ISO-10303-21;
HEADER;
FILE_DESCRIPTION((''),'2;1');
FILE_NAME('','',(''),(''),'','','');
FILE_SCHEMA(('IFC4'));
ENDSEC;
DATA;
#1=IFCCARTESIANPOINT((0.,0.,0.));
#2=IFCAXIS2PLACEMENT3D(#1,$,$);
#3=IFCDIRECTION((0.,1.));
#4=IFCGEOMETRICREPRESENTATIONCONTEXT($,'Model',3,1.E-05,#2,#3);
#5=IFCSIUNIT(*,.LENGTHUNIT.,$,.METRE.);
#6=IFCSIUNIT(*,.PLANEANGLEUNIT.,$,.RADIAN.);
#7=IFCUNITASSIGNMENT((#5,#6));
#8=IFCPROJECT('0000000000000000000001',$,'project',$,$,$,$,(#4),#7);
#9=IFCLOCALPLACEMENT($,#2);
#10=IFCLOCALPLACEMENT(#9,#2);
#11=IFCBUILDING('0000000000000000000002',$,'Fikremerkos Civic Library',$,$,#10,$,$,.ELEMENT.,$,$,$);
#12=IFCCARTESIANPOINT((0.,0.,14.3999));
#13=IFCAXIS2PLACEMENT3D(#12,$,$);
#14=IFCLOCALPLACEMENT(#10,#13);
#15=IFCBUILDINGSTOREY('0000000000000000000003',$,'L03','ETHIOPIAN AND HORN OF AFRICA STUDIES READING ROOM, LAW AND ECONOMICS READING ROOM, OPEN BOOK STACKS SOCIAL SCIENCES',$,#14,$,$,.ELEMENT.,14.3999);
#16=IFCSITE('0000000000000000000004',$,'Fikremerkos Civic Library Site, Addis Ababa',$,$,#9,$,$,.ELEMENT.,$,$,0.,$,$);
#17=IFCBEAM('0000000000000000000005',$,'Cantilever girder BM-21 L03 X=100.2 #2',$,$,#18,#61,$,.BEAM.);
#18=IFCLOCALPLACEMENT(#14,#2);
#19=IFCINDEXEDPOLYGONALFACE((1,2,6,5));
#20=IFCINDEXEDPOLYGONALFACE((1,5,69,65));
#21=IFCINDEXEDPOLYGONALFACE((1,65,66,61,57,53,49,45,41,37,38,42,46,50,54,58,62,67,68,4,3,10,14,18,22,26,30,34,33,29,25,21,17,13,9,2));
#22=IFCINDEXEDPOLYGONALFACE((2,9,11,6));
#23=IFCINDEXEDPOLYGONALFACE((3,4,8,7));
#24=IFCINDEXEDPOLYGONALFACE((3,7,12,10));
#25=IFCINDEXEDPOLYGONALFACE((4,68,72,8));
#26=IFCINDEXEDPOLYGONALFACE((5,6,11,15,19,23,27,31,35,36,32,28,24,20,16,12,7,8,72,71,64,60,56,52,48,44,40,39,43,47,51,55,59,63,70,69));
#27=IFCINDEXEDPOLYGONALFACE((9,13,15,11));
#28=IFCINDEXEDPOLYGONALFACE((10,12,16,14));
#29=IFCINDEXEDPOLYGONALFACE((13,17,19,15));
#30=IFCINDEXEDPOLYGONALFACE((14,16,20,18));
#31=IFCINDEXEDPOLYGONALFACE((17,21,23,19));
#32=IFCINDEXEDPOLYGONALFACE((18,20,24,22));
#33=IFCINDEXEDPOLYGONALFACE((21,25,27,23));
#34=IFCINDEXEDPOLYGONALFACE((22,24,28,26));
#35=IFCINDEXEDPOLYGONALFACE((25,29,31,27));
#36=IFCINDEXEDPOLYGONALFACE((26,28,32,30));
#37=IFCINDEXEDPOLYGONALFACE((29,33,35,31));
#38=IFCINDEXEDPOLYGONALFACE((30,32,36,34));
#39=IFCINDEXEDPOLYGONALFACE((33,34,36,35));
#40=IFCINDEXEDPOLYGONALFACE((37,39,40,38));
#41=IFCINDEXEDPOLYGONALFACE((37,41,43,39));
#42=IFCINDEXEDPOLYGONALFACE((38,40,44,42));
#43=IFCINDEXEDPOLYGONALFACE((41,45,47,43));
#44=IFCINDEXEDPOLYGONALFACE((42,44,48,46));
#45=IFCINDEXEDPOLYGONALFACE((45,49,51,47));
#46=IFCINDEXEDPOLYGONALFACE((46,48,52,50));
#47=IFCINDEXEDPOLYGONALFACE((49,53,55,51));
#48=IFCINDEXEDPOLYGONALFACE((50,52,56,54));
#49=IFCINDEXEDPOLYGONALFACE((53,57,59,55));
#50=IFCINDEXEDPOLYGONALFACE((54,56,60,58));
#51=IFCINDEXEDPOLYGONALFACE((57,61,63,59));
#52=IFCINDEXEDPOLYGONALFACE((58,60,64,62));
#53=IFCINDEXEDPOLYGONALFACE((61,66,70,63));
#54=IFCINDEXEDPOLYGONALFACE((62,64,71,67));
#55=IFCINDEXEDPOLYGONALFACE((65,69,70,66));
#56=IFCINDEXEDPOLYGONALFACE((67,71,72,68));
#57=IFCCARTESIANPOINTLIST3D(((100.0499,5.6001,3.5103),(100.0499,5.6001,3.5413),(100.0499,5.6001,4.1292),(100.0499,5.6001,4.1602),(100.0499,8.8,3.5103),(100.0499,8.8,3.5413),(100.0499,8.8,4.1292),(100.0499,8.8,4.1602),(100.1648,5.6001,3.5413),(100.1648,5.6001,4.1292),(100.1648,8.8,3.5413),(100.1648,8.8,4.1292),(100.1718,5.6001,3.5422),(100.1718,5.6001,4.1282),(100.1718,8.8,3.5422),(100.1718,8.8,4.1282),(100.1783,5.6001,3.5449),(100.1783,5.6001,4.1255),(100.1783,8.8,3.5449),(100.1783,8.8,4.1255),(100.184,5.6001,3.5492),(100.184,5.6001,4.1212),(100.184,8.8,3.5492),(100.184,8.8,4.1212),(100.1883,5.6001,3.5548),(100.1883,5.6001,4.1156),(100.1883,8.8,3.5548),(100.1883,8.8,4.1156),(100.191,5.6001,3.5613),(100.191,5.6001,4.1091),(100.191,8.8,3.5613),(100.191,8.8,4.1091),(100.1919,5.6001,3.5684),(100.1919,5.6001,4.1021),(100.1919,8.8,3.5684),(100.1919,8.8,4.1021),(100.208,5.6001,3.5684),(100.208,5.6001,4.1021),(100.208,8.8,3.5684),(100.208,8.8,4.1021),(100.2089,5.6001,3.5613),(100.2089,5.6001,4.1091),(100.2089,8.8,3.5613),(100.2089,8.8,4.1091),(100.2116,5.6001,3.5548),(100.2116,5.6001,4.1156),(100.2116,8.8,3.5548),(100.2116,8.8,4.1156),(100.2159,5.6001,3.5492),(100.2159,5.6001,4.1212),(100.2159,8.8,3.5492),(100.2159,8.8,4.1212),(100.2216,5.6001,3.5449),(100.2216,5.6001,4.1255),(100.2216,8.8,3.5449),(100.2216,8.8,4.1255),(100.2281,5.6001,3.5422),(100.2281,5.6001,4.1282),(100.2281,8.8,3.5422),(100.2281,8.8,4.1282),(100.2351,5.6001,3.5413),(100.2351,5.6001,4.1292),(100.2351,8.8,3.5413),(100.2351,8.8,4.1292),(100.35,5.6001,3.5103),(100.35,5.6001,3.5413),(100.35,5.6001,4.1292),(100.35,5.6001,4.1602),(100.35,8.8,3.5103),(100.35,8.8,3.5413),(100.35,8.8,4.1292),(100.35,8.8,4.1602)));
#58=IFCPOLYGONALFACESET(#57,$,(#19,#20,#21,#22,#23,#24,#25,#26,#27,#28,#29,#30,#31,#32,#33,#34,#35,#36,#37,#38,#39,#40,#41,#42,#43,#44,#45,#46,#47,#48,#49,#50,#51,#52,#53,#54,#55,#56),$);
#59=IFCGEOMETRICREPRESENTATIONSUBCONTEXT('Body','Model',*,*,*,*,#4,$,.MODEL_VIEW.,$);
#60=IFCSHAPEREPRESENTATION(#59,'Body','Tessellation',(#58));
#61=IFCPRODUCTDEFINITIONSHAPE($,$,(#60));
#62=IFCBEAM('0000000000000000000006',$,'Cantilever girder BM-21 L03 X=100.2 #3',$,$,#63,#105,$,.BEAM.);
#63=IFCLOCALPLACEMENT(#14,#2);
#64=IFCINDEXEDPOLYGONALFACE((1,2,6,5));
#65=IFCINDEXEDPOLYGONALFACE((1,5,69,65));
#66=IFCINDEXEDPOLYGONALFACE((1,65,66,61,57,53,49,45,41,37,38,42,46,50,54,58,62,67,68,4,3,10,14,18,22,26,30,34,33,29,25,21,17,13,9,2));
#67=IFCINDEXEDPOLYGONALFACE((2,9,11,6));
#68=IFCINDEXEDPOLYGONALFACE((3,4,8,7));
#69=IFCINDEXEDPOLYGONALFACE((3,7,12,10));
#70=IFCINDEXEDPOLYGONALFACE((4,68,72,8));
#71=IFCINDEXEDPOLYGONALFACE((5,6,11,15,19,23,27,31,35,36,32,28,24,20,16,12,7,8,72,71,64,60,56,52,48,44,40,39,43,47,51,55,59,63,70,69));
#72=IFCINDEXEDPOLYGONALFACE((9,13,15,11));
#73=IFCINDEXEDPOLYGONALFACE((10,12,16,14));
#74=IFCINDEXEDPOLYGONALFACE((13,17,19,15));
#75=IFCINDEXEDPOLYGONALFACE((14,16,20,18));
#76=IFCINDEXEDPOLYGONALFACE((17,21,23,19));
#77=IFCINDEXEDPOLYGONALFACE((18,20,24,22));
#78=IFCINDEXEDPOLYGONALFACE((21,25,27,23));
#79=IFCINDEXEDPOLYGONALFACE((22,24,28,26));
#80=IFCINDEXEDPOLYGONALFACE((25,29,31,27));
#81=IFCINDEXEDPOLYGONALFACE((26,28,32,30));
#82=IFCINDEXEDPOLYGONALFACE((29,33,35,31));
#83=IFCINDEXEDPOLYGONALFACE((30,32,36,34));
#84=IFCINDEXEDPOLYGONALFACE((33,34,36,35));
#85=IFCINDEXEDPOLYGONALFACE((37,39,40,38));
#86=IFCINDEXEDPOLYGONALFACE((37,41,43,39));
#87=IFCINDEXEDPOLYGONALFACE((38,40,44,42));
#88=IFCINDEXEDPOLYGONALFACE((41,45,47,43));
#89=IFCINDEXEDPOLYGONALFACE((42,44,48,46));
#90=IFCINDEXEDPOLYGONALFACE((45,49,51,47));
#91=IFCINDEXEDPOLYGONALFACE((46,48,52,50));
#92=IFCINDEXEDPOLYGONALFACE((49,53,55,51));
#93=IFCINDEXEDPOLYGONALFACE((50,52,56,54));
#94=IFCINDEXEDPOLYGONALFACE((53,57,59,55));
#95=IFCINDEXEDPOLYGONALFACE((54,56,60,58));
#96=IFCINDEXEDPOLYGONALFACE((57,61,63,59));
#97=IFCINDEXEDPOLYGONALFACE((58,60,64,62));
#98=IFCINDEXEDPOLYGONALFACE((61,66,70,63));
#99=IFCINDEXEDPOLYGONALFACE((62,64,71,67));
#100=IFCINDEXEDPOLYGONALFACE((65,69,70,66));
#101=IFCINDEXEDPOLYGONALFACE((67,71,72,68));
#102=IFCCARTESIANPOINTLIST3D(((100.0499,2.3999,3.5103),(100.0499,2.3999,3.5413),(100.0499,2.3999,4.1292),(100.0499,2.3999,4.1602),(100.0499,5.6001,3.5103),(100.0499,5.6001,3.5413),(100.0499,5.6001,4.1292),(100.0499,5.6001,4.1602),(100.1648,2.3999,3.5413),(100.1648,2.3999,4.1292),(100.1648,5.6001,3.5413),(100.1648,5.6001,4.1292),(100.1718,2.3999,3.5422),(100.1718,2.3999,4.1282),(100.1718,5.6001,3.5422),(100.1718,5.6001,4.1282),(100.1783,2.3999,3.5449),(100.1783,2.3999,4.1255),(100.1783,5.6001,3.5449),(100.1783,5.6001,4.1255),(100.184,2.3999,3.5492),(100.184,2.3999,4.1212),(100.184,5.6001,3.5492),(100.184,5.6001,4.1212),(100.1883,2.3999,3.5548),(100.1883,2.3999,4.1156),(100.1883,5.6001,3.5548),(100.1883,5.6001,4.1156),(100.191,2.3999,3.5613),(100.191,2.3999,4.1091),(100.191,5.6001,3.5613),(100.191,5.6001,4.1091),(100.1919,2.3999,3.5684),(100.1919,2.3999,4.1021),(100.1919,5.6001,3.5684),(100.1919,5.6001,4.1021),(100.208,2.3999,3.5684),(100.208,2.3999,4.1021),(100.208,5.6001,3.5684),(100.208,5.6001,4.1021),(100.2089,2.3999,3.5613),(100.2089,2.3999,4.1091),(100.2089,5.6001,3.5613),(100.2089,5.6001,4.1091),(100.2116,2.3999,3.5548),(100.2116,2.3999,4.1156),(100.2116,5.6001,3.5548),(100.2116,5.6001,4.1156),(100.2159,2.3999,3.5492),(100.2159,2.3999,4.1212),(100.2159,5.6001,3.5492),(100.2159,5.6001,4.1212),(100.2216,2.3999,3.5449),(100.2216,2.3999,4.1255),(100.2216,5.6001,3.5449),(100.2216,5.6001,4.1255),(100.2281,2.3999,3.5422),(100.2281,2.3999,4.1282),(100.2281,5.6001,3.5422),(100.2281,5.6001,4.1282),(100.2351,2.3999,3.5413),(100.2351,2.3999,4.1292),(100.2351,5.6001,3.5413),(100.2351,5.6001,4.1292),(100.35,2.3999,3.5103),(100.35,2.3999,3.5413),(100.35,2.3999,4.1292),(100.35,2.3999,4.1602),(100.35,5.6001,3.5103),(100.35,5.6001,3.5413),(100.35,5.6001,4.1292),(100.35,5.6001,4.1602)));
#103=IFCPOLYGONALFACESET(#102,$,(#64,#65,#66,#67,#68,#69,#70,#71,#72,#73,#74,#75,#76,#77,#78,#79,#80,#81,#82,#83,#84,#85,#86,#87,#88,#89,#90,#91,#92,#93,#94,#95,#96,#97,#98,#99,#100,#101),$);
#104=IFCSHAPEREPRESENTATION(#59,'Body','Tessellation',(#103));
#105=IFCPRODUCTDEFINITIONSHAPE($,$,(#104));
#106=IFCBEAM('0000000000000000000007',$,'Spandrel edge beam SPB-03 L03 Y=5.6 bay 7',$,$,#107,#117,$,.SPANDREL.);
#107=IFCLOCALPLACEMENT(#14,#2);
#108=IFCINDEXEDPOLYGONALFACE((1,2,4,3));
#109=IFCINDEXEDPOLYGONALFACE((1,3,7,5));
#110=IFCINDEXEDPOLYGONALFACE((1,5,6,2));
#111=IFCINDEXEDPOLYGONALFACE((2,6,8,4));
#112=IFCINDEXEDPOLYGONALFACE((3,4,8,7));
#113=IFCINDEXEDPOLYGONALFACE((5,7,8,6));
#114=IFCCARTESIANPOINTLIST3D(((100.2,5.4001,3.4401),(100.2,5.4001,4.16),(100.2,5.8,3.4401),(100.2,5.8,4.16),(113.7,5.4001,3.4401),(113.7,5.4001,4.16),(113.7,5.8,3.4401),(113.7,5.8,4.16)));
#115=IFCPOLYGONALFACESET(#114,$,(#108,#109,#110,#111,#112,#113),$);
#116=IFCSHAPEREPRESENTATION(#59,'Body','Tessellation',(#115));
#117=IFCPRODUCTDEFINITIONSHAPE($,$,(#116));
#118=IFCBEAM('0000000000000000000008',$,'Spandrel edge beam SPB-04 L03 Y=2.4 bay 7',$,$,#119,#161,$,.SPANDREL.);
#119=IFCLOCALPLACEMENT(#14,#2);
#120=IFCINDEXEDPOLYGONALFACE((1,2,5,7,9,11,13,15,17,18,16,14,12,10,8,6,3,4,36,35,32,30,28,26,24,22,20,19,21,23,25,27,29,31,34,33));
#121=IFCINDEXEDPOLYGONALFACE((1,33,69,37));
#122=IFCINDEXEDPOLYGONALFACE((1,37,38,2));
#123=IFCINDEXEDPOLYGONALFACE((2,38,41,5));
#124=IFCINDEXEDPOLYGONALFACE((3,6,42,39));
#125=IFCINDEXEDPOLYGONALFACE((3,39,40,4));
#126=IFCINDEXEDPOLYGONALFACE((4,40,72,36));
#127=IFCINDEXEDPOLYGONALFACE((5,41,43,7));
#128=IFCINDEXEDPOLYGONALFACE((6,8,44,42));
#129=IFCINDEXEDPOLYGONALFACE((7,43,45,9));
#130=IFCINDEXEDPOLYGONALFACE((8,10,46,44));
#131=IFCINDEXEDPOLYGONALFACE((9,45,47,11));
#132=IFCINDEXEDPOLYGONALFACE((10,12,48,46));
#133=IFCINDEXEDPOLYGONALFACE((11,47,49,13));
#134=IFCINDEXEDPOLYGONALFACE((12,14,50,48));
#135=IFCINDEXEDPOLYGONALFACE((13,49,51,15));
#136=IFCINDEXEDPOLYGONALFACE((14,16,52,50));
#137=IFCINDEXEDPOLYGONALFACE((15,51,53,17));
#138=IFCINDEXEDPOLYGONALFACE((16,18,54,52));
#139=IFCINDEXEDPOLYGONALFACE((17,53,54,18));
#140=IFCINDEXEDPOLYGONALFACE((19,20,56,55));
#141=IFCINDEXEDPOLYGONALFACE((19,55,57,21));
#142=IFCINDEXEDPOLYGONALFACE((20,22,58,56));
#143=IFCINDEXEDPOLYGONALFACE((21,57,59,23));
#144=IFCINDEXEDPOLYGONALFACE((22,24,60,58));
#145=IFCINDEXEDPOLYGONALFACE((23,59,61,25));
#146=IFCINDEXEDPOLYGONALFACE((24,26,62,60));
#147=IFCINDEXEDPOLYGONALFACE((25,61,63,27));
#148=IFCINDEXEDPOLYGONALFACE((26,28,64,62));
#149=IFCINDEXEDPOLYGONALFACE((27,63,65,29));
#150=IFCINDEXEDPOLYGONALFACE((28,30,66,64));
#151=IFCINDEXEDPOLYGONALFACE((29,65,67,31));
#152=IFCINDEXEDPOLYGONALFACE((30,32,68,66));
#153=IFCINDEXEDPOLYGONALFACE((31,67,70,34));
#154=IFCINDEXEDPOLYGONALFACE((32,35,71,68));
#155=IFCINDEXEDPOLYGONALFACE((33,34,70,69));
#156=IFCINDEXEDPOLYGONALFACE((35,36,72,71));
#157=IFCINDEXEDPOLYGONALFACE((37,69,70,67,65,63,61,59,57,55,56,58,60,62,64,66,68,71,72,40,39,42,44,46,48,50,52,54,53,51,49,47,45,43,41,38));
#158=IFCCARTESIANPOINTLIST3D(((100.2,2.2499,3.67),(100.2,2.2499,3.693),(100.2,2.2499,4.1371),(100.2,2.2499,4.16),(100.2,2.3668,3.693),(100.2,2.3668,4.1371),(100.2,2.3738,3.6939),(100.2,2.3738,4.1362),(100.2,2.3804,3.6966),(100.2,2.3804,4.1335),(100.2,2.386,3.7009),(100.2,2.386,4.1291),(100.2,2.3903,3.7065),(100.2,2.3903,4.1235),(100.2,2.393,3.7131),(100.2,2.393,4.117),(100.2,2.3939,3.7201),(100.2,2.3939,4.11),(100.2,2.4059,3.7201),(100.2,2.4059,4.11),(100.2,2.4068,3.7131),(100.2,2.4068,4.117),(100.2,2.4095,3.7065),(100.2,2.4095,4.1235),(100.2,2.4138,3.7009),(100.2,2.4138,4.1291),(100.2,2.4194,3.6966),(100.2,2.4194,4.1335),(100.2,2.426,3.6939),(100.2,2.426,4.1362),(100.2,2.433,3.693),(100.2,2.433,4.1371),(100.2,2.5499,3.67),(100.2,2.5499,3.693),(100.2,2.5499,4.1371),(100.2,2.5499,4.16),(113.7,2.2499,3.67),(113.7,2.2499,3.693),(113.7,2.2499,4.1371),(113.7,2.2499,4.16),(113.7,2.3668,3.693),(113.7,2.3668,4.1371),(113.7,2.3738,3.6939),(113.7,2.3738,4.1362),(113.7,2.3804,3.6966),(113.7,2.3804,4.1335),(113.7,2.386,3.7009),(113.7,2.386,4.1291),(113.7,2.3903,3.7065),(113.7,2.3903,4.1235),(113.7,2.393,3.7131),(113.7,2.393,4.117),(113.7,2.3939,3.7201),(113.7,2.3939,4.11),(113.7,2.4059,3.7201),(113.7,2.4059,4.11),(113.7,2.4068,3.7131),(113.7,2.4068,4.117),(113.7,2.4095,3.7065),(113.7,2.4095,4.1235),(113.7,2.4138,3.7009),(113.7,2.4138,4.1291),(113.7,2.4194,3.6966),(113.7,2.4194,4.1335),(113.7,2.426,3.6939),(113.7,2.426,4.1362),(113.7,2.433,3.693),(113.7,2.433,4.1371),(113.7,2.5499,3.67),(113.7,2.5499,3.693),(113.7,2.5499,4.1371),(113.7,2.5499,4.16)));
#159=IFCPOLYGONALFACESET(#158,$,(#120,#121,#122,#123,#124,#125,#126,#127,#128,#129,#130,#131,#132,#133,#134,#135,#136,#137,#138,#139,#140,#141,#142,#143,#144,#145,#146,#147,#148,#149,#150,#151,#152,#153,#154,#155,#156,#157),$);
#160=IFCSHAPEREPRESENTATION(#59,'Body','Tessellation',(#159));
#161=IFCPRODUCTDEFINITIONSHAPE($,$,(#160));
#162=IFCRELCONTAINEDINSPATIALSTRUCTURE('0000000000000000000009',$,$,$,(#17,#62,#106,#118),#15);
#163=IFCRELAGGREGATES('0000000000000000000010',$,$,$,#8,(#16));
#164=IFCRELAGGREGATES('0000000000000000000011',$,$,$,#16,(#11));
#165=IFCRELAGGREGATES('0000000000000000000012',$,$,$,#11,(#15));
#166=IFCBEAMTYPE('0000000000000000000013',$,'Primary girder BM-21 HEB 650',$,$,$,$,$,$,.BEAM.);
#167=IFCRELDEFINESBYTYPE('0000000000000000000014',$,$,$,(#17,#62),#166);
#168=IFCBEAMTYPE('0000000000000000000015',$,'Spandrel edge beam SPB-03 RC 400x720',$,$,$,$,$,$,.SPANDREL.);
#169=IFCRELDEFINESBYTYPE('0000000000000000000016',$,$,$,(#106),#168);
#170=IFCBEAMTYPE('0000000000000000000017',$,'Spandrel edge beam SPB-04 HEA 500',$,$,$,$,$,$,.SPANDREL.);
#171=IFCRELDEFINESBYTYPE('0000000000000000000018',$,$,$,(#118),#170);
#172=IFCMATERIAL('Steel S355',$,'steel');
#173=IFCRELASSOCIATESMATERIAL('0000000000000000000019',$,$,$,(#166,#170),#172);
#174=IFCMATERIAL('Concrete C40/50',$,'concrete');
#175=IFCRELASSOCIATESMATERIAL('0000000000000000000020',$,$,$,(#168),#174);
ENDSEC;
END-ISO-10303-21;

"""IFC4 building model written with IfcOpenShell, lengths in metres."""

from ifc_helpers import new_model, si_unit, direction, frame, origin, origin_2d, place, context, subcontext, project, spatial, rectangle, i_section, extrude, material, material_profile, profile_set, type_object, element, save


model = new_model("IFC4")

# Units and contexts
model_context = context("Model", 3, precision=1e-05, world=origin(), true_north=direction((0.0, 1.0)))
body_context = subcontext(model_context, "Body", "Model", "MODEL_VIEW")
ifc_project = project(units=[si_unit("LENGTHUNIT", "METRE"), si_unit("PLANEANGLEUNIT", "RADIAN")], contexts=[model_context])

# Site, building, storey
site_placement = place(None, origin())
site = spatial("IfcSite", under=ifc_project, at=site_placement, Name="Fikremerkos Civic Library Site, Addis Ababa", CompositionType="ELEMENT", RefElevation=0.0)
building_placement = place(site_placement, origin())
building = spatial("IfcBuilding", under=site, at=building_placement, Name="Fikremerkos Civic Library", CompositionType="ELEMENT")
storey_placement = place(building_placement, frame((0.0, 0.0, 14.3999)))
storey = spatial("IfcBuildingStorey", under=building, at=storey_placement, Name="L03", Description="ETHIOPIAN AND HORN OF AFRICA STUDIES READING ROOM, LAW AND ECONOMICS READING ROOM, OPEN BOOK STACKS SOCIAL SCIENCES", CompositionType="ELEMENT", Elevation=14.3999)

# Shared definitions
ifc_material_1 = material(Name="Steel S355", Category="steel")

# Beams
ifc_material_profile_1 = material_profile(ifc_material_1, i_section(OverallWidth=0.3, OverallDepth=0.6499, WebThickness=0.0161, FlangeThickness=0.031, FilletRadius=0.0271, at=origin_2d()), Name="HEB 650")
ifc_profile_set_1 = profile_set([ifc_material_profile_1], Name="Steel S355")
beam_type_1 = type_object("IfcBeamType", Name="Primary girder BM-21 HEB 650", PredefinedType="BEAM", material=ifc_profile_set_1)
for number, where, z_axis, x_axis, name in (
    (1, (100.2, 8.8, 3.8352), (0.0, -1.0, 0.0), (1.0, 0.0, 0.0), "Cantilever girder BM-21 L03 X=100.2 #2"),
):
    element("IfcBeam", number, at=place(storey_placement, frame(where, z_axis=z_axis, x_axis=x_axis)), inside=storey, type_object=beam_type_1, Name=name, PredefinedType="BEAM", context=body_context, shape_type="SweptSolid", body=[
        extrude(i_section(OverallWidth=0.3, OverallDepth=0.6499, WebThickness=0.0161, FlangeThickness=0.031, FilletRadius=0.0271, at=origin_2d()), origin(), (0.0, 0.0, 1.0), 3.2),
    ])
beam_1_placement = place(storey_placement, frame((100.2, 5.6001, 3.8352), z_axis=(0.0, -1.0, 0.0), x_axis=(1.0, 0.0, 0.0)))
element("IfcBeam", 2, at=beam_1_placement, inside=storey, type_object=beam_type_1, Name="Cantilever girder BM-21 L03 X=100.2 #3", PredefinedType="BEAM", context=body_context, shape_type="SweptSolid", body=[
    extrude(i_section(OverallWidth=0.3, OverallDepth=0.6499, WebThickness=0.0161, FlangeThickness=0.031, FilletRadius=0.0271, at=origin_2d()), origin(), (0.0, 0.0, 1.0), 3.2002),
])
ifc_material_2 = material(Name="Concrete C40/50", Category="concrete")
ifc_material_profile_2 = material_profile(ifc_material_2, rectangle(XDim=0.3999, YDim=0.72, at=origin_2d()), Name="RC 400x720")
ifc_profile_set_2 = profile_set([ifc_material_profile_2], Name="Concrete C40/50")
beam_type_2 = type_object("IfcBeamType", Name="Spandrel edge beam SPB-03 RC 400x720", PredefinedType="SPANDREL", material=ifc_profile_set_2)
beam_2_placement = place(storey_placement, frame((100.2, 5.6001, 3.8), z_axis=(1.0, 0.0, 0.0), x_axis=(0.0, 1.0, 0.0)))
element("IfcBeam", 3, at=beam_2_placement, inside=storey, type_object=beam_type_2, Name="Spandrel edge beam SPB-03 L03 Y=5.6 bay 7", PredefinedType="SPANDREL", context=body_context, shape_type="SweptSolid", body=[
    extrude(rectangle(XDim=0.3999, YDim=0.72, at=origin_2d()), origin(), (0.0, 0.0, 1.0), 13.5),
])
ifc_material_profile_3 = material_profile(ifc_material_1, i_section(OverallWidth=0.3, OverallDepth=0.49, WebThickness=0.012, FlangeThickness=0.0229, FilletRadius=0.0271, at=origin_2d()), Name="HEA 500")
ifc_profile_set_3 = profile_set([ifc_material_profile_3], Name="Steel S355")
beam_type_3 = type_object("IfcBeamType", Name="Spandrel edge beam SPB-04 HEA 500", PredefinedType="SPANDREL", material=ifc_profile_set_3)
beam_3_placement = place(storey_placement, frame((100.2, 2.3999, 3.915), z_axis=(1.0, 0.0, 0.0), x_axis=(0.0, 1.0, 0.0)))
element("IfcBeam", 4, at=beam_3_placement, inside=storey, type_object=beam_type_3, Name="Spandrel edge beam SPB-04 L03 Y=2.4 bay 7", PredefinedType="SPANDREL", context=body_context, shape_type="SweptSolid", body=[
    extrude(i_section(OverallWidth=0.3, OverallDepth=0.49, WebThickness=0.012, FlangeThickness=0.0229, FilletRadius=0.0271, at=origin_2d()), origin(), (0.0, 0.0, 1.0), 13.5),
])

save(model, "model.ifc")
